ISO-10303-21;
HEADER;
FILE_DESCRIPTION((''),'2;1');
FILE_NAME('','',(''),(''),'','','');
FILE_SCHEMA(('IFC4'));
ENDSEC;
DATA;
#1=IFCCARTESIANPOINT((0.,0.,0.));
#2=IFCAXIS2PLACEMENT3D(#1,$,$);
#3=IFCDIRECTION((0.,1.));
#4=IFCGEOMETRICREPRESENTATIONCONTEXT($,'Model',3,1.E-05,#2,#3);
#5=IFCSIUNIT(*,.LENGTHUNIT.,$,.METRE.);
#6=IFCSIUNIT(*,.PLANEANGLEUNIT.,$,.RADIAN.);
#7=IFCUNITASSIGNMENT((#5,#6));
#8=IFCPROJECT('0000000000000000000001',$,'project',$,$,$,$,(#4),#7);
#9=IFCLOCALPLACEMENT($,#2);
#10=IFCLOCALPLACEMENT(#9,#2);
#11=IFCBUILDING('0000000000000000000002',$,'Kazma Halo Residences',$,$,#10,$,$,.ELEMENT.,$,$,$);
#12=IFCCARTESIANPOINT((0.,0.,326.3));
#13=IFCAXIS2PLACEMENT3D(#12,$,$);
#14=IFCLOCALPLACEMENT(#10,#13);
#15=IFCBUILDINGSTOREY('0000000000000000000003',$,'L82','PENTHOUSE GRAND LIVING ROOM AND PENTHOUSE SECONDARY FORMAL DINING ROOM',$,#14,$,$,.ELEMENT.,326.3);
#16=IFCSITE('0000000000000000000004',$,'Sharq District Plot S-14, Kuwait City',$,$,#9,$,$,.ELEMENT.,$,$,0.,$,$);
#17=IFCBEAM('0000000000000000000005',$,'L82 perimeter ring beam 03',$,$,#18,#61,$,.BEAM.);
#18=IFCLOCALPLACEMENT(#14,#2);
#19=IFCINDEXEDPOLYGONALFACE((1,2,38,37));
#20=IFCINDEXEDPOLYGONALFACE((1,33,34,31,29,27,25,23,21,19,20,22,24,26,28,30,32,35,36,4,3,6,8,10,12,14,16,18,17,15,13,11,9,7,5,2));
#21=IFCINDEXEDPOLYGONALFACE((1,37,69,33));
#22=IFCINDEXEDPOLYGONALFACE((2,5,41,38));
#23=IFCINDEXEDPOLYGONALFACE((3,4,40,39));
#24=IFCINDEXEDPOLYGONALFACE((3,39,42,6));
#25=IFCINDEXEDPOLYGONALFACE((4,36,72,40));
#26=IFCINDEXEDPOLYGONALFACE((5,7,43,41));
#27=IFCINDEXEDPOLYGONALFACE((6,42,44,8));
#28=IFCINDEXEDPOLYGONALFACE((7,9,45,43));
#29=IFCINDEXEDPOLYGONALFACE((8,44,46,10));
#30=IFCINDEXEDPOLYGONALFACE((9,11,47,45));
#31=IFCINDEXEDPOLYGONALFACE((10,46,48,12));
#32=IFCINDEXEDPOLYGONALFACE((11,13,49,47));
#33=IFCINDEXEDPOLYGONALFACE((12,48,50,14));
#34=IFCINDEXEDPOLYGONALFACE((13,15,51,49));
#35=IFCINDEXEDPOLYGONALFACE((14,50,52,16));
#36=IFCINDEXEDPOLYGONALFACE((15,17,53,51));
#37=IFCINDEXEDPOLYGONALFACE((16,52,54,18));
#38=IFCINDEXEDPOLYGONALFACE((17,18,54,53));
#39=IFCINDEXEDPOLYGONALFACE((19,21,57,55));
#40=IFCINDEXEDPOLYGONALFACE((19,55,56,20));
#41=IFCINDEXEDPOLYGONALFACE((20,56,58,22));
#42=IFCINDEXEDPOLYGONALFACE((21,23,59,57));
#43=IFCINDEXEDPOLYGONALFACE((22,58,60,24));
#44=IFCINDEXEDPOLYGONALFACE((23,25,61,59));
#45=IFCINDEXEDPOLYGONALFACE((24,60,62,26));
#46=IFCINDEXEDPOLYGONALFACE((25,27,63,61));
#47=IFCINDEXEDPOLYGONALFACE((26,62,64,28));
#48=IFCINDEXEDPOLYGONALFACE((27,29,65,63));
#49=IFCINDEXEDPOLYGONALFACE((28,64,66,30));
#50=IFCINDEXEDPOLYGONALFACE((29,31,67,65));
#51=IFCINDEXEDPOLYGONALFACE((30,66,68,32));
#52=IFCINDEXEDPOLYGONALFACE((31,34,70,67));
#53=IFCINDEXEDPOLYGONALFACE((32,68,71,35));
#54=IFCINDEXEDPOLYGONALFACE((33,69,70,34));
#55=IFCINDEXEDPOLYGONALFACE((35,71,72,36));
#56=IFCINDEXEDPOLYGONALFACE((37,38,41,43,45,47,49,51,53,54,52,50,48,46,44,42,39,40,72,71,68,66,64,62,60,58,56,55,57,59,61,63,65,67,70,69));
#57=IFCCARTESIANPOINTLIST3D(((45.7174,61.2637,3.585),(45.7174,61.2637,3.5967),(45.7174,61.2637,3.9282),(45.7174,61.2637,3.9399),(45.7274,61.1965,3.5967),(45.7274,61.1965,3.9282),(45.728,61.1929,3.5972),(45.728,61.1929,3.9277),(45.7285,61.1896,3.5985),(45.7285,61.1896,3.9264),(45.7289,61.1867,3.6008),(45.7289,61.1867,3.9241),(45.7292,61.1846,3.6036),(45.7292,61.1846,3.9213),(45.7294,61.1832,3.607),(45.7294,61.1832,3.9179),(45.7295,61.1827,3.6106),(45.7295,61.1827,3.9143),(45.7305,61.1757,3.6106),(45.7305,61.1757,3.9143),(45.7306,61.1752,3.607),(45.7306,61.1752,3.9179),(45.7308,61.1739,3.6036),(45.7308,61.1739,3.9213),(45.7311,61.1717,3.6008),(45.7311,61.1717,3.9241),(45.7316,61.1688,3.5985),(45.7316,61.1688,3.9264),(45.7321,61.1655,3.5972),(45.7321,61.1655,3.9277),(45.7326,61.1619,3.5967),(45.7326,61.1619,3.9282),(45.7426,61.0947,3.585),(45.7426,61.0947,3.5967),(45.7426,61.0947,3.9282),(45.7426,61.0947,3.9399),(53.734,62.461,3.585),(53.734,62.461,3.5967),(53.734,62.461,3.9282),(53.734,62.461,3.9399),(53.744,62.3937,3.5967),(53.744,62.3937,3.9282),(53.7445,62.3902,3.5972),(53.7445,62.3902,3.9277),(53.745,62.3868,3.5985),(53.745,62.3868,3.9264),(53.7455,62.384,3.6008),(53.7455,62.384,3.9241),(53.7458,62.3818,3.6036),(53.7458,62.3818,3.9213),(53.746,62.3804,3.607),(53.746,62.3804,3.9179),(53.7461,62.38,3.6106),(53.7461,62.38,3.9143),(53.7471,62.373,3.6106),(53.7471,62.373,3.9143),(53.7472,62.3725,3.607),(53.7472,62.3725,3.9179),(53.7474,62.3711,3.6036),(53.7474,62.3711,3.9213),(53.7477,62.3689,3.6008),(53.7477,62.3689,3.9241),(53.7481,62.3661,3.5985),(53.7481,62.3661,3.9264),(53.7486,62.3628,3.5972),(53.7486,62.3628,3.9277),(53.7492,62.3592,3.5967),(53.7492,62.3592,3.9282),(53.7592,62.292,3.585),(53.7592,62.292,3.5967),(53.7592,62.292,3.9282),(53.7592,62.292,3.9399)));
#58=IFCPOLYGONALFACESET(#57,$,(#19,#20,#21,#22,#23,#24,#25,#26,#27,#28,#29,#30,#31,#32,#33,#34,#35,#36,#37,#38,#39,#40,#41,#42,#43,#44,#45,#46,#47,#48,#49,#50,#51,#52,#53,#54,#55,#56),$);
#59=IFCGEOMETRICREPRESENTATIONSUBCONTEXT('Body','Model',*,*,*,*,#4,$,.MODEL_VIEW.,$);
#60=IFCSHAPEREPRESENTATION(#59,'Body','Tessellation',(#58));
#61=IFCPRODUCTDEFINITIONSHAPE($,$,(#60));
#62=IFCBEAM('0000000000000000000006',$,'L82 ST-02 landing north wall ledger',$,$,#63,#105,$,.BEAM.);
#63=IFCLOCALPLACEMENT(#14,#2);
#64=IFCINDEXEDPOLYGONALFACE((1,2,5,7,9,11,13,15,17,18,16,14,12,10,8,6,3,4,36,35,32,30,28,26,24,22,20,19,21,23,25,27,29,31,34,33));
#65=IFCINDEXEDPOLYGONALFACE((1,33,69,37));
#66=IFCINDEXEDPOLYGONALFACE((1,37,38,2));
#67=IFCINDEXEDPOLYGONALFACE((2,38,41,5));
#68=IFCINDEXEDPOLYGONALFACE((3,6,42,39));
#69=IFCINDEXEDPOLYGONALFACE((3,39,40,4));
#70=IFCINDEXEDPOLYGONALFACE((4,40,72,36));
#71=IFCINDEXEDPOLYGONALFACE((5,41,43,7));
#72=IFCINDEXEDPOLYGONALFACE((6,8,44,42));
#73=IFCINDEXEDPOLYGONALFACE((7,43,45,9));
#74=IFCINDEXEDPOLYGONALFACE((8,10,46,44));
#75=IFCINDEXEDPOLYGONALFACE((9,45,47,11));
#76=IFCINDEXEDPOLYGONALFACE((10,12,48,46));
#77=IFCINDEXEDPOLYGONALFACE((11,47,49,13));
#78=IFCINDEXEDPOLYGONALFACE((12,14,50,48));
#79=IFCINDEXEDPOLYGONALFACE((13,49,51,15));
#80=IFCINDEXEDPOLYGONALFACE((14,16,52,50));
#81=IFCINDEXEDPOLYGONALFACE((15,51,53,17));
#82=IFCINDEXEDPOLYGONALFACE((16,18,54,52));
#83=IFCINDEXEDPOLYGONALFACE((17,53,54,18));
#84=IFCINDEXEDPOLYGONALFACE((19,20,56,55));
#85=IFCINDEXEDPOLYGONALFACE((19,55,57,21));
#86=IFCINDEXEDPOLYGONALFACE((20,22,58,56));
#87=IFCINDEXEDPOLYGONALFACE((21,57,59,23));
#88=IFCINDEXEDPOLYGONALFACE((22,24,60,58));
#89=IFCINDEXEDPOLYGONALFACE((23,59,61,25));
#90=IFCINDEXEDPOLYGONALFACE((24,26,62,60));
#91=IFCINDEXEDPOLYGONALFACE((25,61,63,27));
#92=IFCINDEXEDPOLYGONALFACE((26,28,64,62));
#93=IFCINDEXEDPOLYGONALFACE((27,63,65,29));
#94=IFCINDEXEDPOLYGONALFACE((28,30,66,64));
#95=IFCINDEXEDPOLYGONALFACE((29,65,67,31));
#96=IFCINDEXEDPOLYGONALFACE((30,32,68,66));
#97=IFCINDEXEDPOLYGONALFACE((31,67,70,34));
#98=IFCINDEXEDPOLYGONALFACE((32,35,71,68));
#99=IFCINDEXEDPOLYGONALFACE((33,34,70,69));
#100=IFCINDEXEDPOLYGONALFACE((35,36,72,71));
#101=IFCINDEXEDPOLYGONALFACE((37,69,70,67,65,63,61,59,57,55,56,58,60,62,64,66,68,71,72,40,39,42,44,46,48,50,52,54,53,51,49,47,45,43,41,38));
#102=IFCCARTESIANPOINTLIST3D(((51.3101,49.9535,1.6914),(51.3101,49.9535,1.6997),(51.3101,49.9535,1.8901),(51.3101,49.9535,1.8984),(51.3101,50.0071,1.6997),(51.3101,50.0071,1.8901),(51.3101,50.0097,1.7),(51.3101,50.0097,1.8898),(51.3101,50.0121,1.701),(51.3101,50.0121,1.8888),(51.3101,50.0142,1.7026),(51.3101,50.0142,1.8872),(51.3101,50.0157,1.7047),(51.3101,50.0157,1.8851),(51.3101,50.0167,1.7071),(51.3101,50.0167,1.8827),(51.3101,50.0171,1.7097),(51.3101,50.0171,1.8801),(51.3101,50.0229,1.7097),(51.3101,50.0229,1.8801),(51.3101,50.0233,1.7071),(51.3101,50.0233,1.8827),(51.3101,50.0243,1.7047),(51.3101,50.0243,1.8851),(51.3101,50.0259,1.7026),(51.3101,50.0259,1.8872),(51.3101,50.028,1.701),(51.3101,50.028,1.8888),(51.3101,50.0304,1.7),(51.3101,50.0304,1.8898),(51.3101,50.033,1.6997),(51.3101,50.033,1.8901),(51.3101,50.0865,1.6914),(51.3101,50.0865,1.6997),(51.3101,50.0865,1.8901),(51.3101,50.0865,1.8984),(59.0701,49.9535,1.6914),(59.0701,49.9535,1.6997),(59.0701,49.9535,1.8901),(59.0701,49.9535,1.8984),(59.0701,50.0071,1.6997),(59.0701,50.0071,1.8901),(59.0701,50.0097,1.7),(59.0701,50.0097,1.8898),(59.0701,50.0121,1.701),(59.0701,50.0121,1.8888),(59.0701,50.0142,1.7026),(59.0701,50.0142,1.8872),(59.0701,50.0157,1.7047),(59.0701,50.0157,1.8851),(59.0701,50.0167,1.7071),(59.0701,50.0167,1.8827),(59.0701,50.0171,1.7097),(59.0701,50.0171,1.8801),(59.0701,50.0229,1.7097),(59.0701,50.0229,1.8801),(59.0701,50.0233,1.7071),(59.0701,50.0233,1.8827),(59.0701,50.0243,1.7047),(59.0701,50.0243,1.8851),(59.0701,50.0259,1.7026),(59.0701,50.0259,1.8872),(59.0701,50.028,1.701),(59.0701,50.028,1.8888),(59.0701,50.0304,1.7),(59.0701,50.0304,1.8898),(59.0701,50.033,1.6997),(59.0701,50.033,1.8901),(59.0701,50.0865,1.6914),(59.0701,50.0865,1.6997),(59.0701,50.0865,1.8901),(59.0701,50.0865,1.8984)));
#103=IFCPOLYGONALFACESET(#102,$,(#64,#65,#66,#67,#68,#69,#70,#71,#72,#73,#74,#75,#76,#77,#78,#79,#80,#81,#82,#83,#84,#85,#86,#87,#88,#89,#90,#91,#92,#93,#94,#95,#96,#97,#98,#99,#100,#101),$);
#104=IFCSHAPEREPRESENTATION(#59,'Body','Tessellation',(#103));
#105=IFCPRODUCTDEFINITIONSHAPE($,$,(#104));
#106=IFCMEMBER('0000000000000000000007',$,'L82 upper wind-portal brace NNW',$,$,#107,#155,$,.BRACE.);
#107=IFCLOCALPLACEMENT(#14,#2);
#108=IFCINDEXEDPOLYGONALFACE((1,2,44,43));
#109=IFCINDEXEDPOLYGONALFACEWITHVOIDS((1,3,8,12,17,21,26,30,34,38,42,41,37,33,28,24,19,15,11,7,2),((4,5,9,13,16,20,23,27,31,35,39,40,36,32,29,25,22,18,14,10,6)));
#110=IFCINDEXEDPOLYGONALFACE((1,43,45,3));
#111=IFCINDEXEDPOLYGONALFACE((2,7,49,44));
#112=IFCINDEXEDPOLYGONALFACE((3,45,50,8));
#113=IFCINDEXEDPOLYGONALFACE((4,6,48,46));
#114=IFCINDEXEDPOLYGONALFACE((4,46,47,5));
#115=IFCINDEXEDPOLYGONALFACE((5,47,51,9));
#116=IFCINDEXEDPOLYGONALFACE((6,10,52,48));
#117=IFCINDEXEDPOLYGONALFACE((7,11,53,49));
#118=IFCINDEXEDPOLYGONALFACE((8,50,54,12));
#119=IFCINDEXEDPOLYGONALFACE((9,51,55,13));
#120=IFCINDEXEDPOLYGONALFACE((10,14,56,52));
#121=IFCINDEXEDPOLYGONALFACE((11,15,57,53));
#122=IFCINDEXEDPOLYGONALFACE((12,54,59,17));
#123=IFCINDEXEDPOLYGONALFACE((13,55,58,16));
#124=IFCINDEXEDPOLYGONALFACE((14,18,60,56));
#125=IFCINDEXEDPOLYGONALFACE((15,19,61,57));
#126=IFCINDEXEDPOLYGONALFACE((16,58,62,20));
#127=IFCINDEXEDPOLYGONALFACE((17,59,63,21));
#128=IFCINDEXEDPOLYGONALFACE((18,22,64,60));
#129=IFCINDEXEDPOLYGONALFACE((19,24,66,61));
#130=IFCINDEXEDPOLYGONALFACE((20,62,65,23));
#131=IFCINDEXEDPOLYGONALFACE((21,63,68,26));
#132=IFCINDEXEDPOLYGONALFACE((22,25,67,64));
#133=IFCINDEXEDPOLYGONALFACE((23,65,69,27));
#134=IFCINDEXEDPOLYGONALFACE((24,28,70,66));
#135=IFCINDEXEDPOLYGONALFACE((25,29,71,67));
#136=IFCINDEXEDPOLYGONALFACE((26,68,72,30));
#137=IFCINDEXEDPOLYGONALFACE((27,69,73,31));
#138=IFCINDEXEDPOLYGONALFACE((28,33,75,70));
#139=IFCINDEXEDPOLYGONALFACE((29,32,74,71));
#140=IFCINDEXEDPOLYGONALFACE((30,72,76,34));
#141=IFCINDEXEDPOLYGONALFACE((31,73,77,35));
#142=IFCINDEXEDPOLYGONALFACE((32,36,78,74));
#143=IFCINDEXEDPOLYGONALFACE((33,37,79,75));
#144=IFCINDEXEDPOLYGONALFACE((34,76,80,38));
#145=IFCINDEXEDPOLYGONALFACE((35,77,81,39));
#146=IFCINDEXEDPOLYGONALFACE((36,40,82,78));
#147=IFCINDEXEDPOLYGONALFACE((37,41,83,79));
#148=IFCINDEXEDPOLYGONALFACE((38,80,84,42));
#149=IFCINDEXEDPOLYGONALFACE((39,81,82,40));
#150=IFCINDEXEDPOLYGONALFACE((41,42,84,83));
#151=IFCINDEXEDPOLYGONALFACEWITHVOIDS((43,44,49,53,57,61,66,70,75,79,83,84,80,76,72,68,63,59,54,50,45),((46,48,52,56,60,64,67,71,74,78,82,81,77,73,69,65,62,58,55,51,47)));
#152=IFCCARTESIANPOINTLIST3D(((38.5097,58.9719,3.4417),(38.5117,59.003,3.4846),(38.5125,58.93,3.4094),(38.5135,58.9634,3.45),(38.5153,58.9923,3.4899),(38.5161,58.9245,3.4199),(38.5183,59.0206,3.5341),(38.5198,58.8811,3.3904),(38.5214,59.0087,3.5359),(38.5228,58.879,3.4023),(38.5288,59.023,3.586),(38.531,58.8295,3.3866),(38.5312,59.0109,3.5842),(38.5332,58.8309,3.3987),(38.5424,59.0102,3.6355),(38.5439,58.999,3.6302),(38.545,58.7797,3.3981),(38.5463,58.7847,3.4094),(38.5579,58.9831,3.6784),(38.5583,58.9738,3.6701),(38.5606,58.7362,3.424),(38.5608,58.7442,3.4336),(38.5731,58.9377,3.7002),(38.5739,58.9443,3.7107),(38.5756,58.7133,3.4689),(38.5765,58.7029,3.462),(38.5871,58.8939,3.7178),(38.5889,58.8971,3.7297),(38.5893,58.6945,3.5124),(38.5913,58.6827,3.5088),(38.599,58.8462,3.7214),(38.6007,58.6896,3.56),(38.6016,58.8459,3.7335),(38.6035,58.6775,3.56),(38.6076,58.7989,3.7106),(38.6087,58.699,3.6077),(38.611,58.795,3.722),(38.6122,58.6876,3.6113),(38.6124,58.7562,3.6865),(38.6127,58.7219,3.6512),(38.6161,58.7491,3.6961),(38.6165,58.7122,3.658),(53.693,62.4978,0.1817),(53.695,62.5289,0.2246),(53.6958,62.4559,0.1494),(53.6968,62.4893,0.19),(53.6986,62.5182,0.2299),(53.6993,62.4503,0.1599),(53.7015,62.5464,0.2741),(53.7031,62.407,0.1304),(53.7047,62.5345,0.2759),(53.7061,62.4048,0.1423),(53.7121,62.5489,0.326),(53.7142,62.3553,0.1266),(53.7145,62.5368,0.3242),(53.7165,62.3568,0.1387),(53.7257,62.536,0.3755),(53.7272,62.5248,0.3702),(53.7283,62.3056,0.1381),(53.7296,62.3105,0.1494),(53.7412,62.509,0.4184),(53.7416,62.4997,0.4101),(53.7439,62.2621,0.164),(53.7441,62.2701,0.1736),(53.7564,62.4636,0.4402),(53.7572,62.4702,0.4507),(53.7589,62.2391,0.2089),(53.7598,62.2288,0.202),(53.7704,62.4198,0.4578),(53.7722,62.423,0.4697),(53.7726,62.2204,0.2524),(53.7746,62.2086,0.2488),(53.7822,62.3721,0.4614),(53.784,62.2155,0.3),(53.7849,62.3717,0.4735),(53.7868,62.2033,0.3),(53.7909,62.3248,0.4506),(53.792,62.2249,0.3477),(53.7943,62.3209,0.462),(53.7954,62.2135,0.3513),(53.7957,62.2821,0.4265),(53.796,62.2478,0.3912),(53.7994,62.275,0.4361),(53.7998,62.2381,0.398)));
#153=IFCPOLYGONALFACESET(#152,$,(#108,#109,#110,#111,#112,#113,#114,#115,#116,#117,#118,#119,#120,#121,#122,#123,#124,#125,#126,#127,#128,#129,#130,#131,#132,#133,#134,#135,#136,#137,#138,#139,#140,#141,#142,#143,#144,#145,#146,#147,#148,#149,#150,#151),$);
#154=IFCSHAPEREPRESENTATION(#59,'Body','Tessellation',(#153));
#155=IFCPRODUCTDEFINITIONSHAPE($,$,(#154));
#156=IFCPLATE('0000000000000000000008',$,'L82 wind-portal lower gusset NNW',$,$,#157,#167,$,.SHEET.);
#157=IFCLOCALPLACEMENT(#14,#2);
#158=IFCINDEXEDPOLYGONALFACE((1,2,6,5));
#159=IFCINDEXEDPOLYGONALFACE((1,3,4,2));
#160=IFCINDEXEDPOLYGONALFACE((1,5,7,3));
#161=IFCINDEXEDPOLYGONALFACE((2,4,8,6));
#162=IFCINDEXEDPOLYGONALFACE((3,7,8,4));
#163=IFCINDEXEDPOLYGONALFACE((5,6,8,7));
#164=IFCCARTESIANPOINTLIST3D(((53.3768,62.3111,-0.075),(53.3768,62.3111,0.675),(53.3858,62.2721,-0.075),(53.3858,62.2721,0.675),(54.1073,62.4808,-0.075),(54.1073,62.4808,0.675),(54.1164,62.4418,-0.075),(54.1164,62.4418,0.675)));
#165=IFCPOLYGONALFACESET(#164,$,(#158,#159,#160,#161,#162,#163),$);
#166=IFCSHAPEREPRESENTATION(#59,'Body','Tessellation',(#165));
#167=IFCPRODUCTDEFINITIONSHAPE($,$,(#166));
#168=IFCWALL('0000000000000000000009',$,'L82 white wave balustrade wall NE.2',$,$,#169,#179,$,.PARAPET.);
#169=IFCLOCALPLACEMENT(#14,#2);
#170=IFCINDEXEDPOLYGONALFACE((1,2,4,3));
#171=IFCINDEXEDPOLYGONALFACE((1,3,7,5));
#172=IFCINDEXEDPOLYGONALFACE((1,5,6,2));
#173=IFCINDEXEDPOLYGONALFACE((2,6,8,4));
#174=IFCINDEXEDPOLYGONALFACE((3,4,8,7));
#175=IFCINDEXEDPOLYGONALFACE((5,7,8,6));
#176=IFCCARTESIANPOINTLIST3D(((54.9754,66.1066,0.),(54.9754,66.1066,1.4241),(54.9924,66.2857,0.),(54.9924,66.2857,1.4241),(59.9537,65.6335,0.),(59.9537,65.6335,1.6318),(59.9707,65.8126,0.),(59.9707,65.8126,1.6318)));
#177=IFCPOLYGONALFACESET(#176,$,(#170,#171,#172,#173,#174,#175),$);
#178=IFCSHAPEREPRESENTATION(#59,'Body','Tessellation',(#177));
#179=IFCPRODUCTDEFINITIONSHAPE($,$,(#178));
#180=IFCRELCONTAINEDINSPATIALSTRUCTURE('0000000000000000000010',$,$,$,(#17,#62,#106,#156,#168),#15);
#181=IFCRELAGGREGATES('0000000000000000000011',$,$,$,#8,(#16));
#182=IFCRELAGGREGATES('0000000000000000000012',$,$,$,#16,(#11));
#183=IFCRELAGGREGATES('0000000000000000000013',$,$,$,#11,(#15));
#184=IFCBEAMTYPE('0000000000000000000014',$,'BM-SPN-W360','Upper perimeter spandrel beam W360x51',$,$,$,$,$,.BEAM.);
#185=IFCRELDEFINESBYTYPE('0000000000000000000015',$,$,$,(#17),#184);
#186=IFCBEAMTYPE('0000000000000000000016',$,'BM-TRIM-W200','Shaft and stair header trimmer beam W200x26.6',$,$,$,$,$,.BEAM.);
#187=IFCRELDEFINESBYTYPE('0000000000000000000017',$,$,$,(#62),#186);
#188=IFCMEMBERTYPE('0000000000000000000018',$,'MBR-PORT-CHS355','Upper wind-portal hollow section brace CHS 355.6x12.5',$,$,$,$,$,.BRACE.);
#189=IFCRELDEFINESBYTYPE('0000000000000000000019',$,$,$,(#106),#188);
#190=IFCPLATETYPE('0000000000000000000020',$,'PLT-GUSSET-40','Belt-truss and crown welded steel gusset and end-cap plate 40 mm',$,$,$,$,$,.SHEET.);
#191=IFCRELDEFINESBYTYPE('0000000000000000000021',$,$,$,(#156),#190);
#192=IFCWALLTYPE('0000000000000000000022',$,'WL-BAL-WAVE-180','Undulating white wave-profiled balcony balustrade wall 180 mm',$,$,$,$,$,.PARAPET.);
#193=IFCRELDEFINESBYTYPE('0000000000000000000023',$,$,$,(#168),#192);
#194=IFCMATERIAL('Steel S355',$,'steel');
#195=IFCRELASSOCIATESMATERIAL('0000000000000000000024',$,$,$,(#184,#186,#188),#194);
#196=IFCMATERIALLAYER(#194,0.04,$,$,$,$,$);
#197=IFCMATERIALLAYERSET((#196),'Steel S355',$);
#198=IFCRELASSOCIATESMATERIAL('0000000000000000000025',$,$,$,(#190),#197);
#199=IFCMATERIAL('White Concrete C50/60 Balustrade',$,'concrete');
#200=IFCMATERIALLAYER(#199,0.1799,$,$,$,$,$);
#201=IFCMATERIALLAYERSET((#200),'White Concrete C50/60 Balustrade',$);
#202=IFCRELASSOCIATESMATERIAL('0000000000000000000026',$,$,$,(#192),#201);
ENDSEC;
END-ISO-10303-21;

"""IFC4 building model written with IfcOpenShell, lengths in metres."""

from ifc_helpers import new_model, si_unit, direction, frame, origin, origin_2d, place, context, subcontext, project, spatial, polyline, rectangle, hollow_circle, i_section, outline, extrude, material, layer, layer_set, material_profile, profile_set, type_object, element, save


model = new_model("IFC4")

# Units and contexts
model_context = context("Model", 3, precision=1e-05, world=origin(), true_north=direction((0.0, 1.0)))
body_context = subcontext(model_context, "Body", "Model", "MODEL_VIEW")
ifc_project = project(units=[si_unit("LENGTHUNIT", "METRE"), si_unit("PLANEANGLEUNIT", "RADIAN")], contexts=[model_context])

# Site, building, storey
site_placement = place(None, origin())
site = spatial("IfcSite", under=ifc_project, at=site_placement, Name="Sharq District Plot S-14, Kuwait City", CompositionType="ELEMENT", RefElevation=0.0)
building_placement = place(site_placement, origin())
building = spatial("IfcBuilding", under=site, at=building_placement, Name="Kazma Halo Residences", CompositionType="ELEMENT")
storey_placement = place(building_placement, frame((0.0, 0.0, 326.3)))
storey = spatial("IfcBuildingStorey", under=building, at=storey_placement, Name="L82", Description="PENTHOUSE GRAND LIVING ROOM AND PENTHOUSE SECONDARY FORMAL DINING ROOM", CompositionType="ELEMENT", Elevation=326.3)

# Beams
ifc_material_1 = material(Name="Steel S355", Category="steel")
ifc_material_profile_1 = material_profile(ifc_material_1, i_section(OverallWidth=0.1709, OverallDepth=0.355, WebThickness=0.0071, FlangeThickness=0.0117, FilletRadius=0.0139, at=origin_2d()), Name="W360x51")
ifc_profile_set_1 = profile_set([ifc_material_profile_1], Name="Steel S355")
beam_type_1 = type_object("IfcBeamType", Name="BM-SPN-W360", Description="Upper perimeter spandrel beam W360x51", PredefinedType="BEAM", material=ifc_profile_set_1)
beam_1_placement = place(storey_placement, frame((53.7466, 62.3765, 3.7625), z_axis=(-0.989031, -0.14771, 0.0), x_axis=(0.14771, -0.989031, 0.0)))
element("IfcBeam", 1, at=beam_1_placement, inside=storey, type_object=beam_type_1, Name="L82 perimeter ring beam 03", PredefinedType="BEAM", context=body_context, shape_type="SweptSolid", body=[
    extrude(i_section(OverallWidth=0.1709, OverallDepth=0.355, WebThickness=0.0071, FlangeThickness=0.0117, FilletRadius=0.0139, at=origin_2d()), origin(), (0.0, 0.0, 1.0), 8.1055),
])
ifc_material_profile_2 = material_profile(ifc_material_1, i_section(OverallWidth=0.1331, OverallDepth=0.207, WebThickness=0.0059, FlangeThickness=0.0083, FilletRadius=0.01, at=origin_2d()), Name="W200x26.6")
ifc_profile_set_2 = profile_set([ifc_material_profile_2], Name="Steel S355")
beam_type_2 = type_object("IfcBeamType", Name="BM-TRIM-W200", Description="Shaft and stair header trimmer beam W200x26.6", PredefinedType="BEAM", material=ifc_profile_set_2)
beam_2_placement = place(storey_placement, frame((51.3101, 50.02, 1.7949), z_axis=(1.0, 0.0, 0.0), x_axis=(0.0, 1.0, 0.0)))
element("IfcBeam", 2, at=beam_2_placement, inside=storey, type_object=beam_type_2, Name="L82 ST-02 landing north wall ledger", PredefinedType="BEAM", context=body_context, shape_type="SweptSolid", body=[
    extrude(i_section(OverallWidth=0.1331, OverallDepth=0.207, WebThickness=0.0059, FlangeThickness=0.0083, FilletRadius=0.01, at=origin_2d()), origin(), (0.0, 0.0, 1.0), 7.76),
])

# Member
ifc_material_profile_3 = material_profile(ifc_material_1, hollow_circle(Radius=0.1777, WallThickness=0.0125, at=origin_2d()), Name="CHS355.6x12.5")
ifc_profile_set_3 = profile_set([ifc_material_profile_3], Name="Steel S355")
member_type = type_object("IfcMemberType", Name="MBR-PORT-CHS355", Description="Upper wind-portal hollow section brace CHS 355.6x12.5", PredefinedType="BRACE", material=ifc_profile_set_3)
member_placement = place(storey_placement, frame((53.7466, 62.3765, 0.3), z_axis=(-0.953451, -0.221411, 0.204715), x_axis=(0.226201, -0.974081, 0.0)))
element("IfcMember", 3, at=member_placement, inside=storey, type_object=member_type, Name="L82 upper wind-portal brace NNW", PredefinedType="BRACE", context=body_context, shape_type="SweptSolid", body=[
    extrude(hollow_circle(Radius=0.1777, WallThickness=0.0125, at=origin_2d()), origin(), (0.0, 0.0, 1.0), 15.9246),
])

# Plate
ifc_layer_1 = layer(ifc_material_1, 0.04)
ifc_layer_set_1 = layer_set([ifc_layer_1], Name="Steel S355")
plate_type = type_object("IfcPlateType", Name="PLT-GUSSET-40", Description="Belt-truss and crown welded steel gusset and end-cap plate 40 mm", PredefinedType="SHEET", material=ifc_layer_set_1)
plate_placement = place(storey_placement, frame((53.7466, 62.3765, -0.075), z_axis=(0.0, 0.0, 1.0), x_axis=(-0.974084, -0.226188, 0.0)))
element("IfcPlate", 4, at=plate_placement, inside=storey, type_object=plate_type, Name="L82 wind-portal lower gusset NNW", PredefinedType="SHEET", context=body_context, shape_type="SweptSolid", body=[
    extrude(rectangle(XDim=0.75, YDim=0.04, at=origin_2d()), origin(), (0.0, 0.0, 1.0), 0.75),
])

# Wall
ifc_material_2 = material(Name="White Concrete C50/60 Balustrade", Category="concrete")
ifc_layer_2 = layer(ifc_material_2, 0.1799)
ifc_layer_set_2 = layer_set([ifc_layer_2], Name="White Concrete C50/60 Balustrade")
wall_type_1 = type_object("IfcWallType", Name="WL-BAL-WAVE-180", Description="Undulating white wave-profiled balcony balustrade wall 180 mm", PredefinedType="PARAPET", material=ifc_layer_set_2)
wall_1_placement = place(storey_placement, frame((59.9622, 65.7229, 0.0), z_axis=(0.0, 0.0, 1.0), x_axis=(-0.995514, 0.094616, 0.0)))
element("IfcWall", 5, at=wall_1_placement, inside=storey, type_object=wall_type_1, Name="L82 white wave balustrade wall NE.2", PredefinedType="PARAPET", context=body_context, shape_type="SweptSolid", body=[
    extrude(outline(polyline([(0.0, 0.0), (5.0007, 0.0), (5.0007, 1.4241), (0.0, 1.6318), (0.0, 0.0)])), frame((0.0, 0.0898, 0.0), z_axis=(0.0, -1.0, 0.0), x_axis=(1.0, 0.0, 0.0)), (0.0, 0.0, 1.0), 0.1799),
])

save(model, "model.ifc")
